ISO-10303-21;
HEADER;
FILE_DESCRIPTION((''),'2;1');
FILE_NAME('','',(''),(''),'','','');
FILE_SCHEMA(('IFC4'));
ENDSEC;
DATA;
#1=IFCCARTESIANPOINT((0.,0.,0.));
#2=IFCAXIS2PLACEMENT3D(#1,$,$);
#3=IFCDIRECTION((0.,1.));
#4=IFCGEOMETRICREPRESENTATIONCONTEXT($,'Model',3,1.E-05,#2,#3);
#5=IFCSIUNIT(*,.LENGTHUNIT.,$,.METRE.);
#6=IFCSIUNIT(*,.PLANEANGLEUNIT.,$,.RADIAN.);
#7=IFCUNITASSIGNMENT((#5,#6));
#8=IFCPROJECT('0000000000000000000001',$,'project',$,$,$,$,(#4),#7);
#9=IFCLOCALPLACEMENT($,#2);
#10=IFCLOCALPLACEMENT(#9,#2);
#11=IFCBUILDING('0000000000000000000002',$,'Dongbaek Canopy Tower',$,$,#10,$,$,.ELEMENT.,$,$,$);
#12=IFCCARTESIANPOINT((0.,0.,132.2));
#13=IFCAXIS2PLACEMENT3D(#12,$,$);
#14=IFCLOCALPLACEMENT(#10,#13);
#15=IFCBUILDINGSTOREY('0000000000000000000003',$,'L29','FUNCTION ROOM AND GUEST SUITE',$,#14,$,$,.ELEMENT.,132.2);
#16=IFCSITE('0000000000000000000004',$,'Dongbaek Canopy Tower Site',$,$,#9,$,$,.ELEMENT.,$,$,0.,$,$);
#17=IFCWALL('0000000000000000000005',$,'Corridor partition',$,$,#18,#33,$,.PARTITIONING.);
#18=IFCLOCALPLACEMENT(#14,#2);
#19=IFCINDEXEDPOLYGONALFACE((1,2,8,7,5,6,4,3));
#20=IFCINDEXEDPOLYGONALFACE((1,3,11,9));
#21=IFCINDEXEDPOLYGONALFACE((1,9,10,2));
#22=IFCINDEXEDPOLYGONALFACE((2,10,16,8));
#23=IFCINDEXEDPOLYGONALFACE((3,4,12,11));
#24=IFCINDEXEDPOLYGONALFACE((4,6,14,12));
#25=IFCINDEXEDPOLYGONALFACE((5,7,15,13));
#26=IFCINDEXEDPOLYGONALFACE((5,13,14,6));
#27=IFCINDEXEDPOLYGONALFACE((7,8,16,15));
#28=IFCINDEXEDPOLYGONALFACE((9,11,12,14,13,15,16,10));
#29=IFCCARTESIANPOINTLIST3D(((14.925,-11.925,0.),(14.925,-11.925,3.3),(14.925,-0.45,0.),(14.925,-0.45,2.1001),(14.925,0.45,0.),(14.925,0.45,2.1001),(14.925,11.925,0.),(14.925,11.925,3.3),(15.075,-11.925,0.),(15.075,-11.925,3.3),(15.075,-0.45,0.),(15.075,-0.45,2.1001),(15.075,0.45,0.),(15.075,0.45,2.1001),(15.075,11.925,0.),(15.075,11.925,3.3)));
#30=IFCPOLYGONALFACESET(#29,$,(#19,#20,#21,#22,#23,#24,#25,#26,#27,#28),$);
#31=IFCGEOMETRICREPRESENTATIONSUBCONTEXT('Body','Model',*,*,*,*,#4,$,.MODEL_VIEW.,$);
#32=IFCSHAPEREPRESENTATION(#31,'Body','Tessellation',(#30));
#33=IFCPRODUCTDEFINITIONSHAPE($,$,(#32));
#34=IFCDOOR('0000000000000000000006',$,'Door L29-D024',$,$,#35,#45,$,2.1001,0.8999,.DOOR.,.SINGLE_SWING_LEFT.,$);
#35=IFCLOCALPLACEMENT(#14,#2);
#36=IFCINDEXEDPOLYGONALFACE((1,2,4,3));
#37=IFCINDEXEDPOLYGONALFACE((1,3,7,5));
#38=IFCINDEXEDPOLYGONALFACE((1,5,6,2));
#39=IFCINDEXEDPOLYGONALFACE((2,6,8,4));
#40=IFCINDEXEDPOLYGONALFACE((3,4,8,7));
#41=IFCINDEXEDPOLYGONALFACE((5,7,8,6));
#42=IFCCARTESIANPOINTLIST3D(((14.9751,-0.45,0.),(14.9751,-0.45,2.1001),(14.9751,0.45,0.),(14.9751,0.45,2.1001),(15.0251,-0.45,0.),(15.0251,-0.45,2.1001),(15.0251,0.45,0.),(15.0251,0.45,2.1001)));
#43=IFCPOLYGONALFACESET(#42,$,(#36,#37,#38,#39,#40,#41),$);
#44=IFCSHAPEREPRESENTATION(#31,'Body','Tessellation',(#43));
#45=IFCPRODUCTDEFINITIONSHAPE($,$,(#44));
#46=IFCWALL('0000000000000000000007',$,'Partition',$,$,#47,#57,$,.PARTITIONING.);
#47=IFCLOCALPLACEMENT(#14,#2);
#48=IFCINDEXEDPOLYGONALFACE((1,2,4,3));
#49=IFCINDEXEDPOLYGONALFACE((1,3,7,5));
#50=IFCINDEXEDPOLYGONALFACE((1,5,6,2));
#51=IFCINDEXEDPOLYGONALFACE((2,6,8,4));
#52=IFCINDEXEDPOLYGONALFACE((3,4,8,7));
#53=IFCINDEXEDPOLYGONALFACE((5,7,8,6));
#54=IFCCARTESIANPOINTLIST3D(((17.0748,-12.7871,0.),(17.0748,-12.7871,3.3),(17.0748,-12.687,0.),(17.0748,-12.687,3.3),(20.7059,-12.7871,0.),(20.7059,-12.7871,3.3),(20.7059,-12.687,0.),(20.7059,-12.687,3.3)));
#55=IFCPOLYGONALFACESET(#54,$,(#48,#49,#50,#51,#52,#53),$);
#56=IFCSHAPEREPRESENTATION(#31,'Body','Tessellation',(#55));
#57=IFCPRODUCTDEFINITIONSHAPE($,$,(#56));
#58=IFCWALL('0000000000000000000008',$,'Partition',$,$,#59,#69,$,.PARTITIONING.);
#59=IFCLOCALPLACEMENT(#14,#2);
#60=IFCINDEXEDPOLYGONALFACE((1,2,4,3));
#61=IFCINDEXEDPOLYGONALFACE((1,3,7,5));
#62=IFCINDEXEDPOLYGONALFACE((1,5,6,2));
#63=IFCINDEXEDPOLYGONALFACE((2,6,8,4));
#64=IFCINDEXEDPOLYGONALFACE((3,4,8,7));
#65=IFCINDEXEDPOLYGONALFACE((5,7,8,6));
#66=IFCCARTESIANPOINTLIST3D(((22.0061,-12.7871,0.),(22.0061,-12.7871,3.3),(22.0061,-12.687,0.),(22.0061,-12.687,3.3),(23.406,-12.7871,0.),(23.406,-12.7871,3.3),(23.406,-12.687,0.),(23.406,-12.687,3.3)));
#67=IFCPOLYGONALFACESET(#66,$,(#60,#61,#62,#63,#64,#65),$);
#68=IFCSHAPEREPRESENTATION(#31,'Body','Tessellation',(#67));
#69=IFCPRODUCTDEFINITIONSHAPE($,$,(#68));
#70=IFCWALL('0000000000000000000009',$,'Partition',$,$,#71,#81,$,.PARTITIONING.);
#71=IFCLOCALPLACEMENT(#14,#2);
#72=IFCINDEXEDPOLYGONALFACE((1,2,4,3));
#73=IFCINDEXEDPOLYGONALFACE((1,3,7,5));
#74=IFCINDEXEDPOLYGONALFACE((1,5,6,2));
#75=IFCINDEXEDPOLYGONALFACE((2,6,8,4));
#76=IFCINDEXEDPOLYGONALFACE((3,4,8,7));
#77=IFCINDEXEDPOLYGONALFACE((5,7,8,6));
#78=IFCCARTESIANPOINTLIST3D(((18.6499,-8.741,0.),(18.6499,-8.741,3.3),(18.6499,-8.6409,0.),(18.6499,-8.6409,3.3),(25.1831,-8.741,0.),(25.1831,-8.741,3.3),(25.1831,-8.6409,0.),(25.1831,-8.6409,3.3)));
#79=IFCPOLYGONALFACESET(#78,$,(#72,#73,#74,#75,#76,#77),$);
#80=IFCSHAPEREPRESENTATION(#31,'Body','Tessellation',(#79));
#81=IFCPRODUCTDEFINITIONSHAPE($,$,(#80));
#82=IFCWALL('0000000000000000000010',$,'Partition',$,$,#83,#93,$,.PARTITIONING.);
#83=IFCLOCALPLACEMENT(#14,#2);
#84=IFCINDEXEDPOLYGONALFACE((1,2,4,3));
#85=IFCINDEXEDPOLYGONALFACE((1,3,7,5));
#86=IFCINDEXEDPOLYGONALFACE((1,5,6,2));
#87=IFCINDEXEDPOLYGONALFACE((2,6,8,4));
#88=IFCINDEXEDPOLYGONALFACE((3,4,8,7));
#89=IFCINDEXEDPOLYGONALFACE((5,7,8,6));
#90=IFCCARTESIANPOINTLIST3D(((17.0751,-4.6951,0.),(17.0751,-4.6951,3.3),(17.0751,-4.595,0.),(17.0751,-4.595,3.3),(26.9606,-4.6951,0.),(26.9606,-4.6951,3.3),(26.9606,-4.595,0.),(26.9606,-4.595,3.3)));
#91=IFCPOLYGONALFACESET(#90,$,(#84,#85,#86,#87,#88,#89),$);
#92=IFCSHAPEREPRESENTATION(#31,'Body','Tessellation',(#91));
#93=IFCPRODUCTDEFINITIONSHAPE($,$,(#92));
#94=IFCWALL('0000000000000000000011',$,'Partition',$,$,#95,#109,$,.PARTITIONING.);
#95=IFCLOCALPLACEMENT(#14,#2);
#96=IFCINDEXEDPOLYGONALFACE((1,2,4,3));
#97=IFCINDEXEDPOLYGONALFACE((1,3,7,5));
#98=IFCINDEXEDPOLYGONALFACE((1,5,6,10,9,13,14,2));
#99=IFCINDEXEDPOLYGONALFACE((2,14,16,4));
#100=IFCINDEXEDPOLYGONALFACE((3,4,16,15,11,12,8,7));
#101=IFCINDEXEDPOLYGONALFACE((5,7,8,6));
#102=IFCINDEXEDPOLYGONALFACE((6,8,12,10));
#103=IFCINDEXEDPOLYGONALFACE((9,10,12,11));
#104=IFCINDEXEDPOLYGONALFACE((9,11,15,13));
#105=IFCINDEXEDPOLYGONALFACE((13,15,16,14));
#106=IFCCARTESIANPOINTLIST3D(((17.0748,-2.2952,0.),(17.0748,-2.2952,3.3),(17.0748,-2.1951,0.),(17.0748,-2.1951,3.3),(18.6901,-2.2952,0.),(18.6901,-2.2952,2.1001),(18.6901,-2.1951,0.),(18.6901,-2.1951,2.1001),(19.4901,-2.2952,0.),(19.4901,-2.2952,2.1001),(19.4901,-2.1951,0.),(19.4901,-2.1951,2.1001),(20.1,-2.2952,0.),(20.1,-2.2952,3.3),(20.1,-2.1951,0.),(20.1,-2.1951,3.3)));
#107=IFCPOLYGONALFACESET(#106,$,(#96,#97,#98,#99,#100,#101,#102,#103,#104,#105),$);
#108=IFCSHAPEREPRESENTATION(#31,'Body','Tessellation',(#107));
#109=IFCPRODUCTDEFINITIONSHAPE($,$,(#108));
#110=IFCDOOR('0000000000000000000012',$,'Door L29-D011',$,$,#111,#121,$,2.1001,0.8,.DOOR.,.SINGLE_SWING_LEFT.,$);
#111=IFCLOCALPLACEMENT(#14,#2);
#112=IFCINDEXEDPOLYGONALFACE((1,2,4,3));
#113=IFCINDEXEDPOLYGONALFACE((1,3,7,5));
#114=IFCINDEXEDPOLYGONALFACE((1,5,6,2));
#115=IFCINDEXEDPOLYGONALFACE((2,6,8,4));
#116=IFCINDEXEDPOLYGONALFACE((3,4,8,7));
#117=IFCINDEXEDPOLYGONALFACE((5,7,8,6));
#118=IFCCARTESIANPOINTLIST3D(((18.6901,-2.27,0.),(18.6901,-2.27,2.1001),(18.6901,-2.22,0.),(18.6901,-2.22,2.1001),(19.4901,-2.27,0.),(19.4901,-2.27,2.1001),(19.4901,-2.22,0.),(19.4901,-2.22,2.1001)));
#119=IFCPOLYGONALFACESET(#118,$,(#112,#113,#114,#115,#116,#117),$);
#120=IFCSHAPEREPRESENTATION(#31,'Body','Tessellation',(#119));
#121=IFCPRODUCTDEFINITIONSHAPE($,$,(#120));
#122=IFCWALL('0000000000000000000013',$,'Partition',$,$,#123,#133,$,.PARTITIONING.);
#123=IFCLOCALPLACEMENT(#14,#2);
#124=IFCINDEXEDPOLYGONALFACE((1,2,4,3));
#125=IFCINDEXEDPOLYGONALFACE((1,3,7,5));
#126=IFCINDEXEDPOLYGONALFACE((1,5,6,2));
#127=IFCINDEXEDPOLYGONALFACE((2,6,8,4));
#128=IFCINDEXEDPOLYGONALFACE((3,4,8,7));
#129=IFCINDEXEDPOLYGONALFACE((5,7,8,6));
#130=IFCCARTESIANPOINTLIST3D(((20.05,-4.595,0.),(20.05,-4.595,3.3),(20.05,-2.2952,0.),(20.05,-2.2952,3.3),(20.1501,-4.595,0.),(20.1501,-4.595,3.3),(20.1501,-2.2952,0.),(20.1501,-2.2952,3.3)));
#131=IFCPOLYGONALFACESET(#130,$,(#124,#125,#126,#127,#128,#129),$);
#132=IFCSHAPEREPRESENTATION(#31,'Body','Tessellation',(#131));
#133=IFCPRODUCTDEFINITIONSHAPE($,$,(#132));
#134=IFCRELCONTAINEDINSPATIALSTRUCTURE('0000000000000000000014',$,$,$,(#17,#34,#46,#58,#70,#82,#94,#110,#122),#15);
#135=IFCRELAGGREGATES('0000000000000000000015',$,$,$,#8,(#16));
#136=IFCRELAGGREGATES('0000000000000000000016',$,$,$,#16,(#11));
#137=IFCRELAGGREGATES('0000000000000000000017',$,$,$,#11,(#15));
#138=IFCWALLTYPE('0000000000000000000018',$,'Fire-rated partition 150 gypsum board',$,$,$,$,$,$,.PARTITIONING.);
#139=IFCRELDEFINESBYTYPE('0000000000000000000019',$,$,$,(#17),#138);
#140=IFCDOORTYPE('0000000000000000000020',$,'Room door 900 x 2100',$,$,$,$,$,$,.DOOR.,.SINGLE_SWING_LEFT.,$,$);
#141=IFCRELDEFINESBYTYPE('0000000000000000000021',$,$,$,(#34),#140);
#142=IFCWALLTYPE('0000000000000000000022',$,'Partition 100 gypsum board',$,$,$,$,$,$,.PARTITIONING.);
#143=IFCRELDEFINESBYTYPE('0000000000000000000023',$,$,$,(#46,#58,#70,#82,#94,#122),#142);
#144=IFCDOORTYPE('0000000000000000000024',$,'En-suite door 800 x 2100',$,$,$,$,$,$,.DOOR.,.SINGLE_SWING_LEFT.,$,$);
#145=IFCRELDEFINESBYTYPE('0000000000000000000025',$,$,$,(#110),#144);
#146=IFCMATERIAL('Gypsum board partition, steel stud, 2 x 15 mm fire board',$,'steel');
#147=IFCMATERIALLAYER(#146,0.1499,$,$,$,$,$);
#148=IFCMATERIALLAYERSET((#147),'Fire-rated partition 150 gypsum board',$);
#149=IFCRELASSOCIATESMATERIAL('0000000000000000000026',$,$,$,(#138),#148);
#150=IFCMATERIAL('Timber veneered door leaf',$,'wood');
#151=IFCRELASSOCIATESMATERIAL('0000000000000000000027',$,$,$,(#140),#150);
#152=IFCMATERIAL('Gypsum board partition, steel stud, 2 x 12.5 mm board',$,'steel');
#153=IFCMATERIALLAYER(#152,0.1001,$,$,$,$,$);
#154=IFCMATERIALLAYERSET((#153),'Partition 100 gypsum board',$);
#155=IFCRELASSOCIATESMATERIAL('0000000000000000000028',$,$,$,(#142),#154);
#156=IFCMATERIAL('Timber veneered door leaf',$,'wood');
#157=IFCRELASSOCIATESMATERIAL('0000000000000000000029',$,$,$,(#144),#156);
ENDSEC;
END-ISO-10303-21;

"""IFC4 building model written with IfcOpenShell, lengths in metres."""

from ifc_helpers import new_model, si_unit, direction, frame, frame_2d, origin, place, context, subcontext, project, spatial, rectangle, extrude, material, layer, layer_set, type_object, element, fill, save


model = new_model("IFC4")

# Units and contexts
model_context = context("Model", 3, precision=1e-05, world=origin(), true_north=direction((0.0, 1.0)))
body_context = subcontext(model_context, "Body", "Model", "MODEL_VIEW")
ifc_project = project(units=[si_unit("LENGTHUNIT", "METRE"), si_unit("PLANEANGLEUNIT", "RADIAN")], contexts=[model_context])

# Site, building, storey
site_placement = place(None, origin())
site = spatial("IfcSite", under=ifc_project, at=site_placement, Name="Dongbaek Canopy Tower Site", CompositionType="ELEMENT", RefElevation=0.0)
building_placement = place(site_placement, origin())
building = spatial("IfcBuilding", under=site, at=building_placement, Name="Dongbaek Canopy Tower", CompositionType="ELEMENT")
storey_placement = place(building_placement, frame((0.0, 0.0, 132.2)))
storey = spatial("IfcBuildingStorey", under=building, at=storey_placement, Name="L29", Description="FUNCTION ROOM AND GUEST SUITE", CompositionType="ELEMENT", Elevation=132.2)

# Wall, opening, door
ifc_material_1 = material(Name="Gypsum board partition, steel stud, 2 x 15 mm fire board", Category="steel")
ifc_layer_1 = layer(ifc_material_1, 0.1499)
ifc_layer_set_1 = layer_set([ifc_layer_1], Name="Fire-rated partition 150 gypsum board")
wall_type_1 = type_object("IfcWallType", Name="Fire-rated partition 150 gypsum board", PredefinedType="PARTITIONING", material=ifc_layer_set_1)
wall_1_placement = place(storey_placement, frame((15.0, -11.925, 0.0), z_axis=(0.0, 0.0, 1.0), x_axis=(0.0, 1.0, 0.0)))
wall_1 = element("IfcWall", 1, at=wall_1_placement, inside=storey, type_object=wall_type_1, Name="Corridor partition", PredefinedType="PARTITIONING", context=body_context, shape_type="SweptSolid", body=[
    extrude(rectangle(XDim=23.8501, YDim=0.1499, at=frame_2d((11.925, 0.0))), origin(), (0.0, 0.0, 1.0), 3.3),
])
opening_1_placement = place(wall_1_placement, frame((11.4751, 0.0, 0.0)))
opening_1 = element("IfcOpeningElement", 2, at=opening_1_placement, cuts=wall_1, PredefinedType="OPENING", context=body_context, shape_type="SweptSolid", body=[
    extrude(rectangle(XDim=0.8999, YDim=2.1001, at=frame_2d((0.45, 1.05))), frame((0.0, 0.085, 0.0), z_axis=(0.0, -1.0, 0.0), x_axis=(1.0, 0.0, 0.0)), (0.0, 0.0, 1.0), 0.1699),
])
ifc_material_2 = material(Name="Timber veneered door leaf", Category="wood")
door_type_1 = type_object("IfcDoorType", Name="Room door 900 x 2100", OperationType="SINGLE_SWING_LEFT", PredefinedType="DOOR", material=ifc_material_2)
door_1_placement = place(opening_1_placement, origin())
door_1 = element("IfcDoor", 3, at=door_1_placement, inside=storey, type_object=door_type_1, Name="Door L29-D024", OperationType="SINGLE_SWING_LEFT", OverallHeight=2.1001, OverallWidth=0.8999, PredefinedType="DOOR", context=body_context, shape_type="SweptSolid", body=[
    extrude(rectangle(XDim=0.8999, YDim=2.1001, at=frame_2d((0.45, 1.05))), frame((0.0, 0.0249, 0.0), z_axis=(0.0, -1.0, 0.0), x_axis=(1.0, 0.0, 0.0)), (0.0, 0.0, 1.0), 0.05),
])
fill(opening_1, door_1)

# Walls
ifc_material_3 = material(Name="Gypsum board partition, steel stud, 2 x 12.5 mm board", Category="steel")
ifc_layer_2 = layer(ifc_material_3, 0.1001)
ifc_layer_set_2 = layer_set([ifc_layer_2], Name="Partition 100 gypsum board")
wall_type_2 = type_object("IfcWallType", Name="Partition 100 gypsum board", PredefinedType="PARTITIONING", material=ifc_layer_set_2)
wall_2_placement = place(storey_placement, frame((17.075, -12.7371, 0.0), z_axis=(0.0, 0.0, 1.0), x_axis=(1.0, 0.0, 0.0)))
element("IfcWall", 4, at=wall_2_placement, inside=storey, type_object=wall_type_2, Name="Partition", PredefinedType="PARTITIONING", context=body_context, shape_type="SweptSolid", body=[
    extrude(rectangle(XDim=3.6311, YDim=0.1001, at=frame_2d((1.8154, 0.0))), origin(), (0.0, 0.0, 1.0), 3.3),
])
wall_3_placement = place(storey_placement, frame((22.0061, -12.7371, 0.0), z_axis=(0.0, 0.0, 1.0), x_axis=(1.0, 0.0, 0.0)))
element("IfcWall", 5, at=wall_3_placement, inside=storey, type_object=wall_type_2, Name="Partition", PredefinedType="PARTITIONING", context=body_context, shape_type="SweptSolid", body=[
    extrude(rectangle(XDim=1.3999, YDim=0.1001, at=frame_2d((0.7, 0.0))), origin(), (0.0, 0.0, 1.0), 3.3),
])
wall_4_placement = place(storey_placement, frame((18.6499, -8.6909, 0.0), z_axis=(0.0, 0.0, 1.0), x_axis=(1.0, 0.0, 0.0)))
element("IfcWall", 6, at=wall_4_placement, inside=storey, type_object=wall_type_2, Name="Partition", PredefinedType="PARTITIONING", context=body_context, shape_type="SweptSolid", body=[
    extrude(rectangle(XDim=6.5332, YDim=0.1001, at=frame_2d((3.2666, 0.0))), origin(), (0.0, 0.0, 1.0), 3.3),
])
wall_5_placement = place(storey_placement, frame((17.075, -4.645, 0.0), z_axis=(0.0, 0.0, 1.0), x_axis=(1.0, 0.0, 0.0)))
element("IfcWall", 7, at=wall_5_placement, inside=storey, type_object=wall_type_2, Name="Partition", PredefinedType="PARTITIONING", context=body_context, shape_type="SweptSolid", body=[
    extrude(rectangle(XDim=9.8855, YDim=0.1001, at=frame_2d((4.9429, 0.0))), origin(), (0.0, 0.0, 1.0), 3.3),
])

# Wall, opening, door
wall_6_placement = place(storey_placement, frame((20.1001, -2.2451, 0.0), z_axis=(0.0, 0.0, 1.0), x_axis=(-1.0, 0.0, 0.0)))
wall_6 = element("IfcWall", 8, at=wall_6_placement, inside=storey, type_object=wall_type_2, Name="Partition", PredefinedType="PARTITIONING", context=body_context, shape_type="SweptSolid", body=[
    extrude(rectangle(XDim=3.0251, YDim=0.1001, at=frame_2d((1.5127, 0.0))), origin(), (0.0, 0.0, 1.0), 3.3),
])
opening_2_placement = place(wall_6_placement, frame((0.6101, 0.0, 0.0)))
opening_2 = element("IfcOpeningElement", 9, at=opening_2_placement, cuts=wall_6, PredefinedType="OPENING", context=body_context, shape_type="SweptSolid", body=[
    extrude(rectangle(XDim=0.8, YDim=2.1001, at=frame_2d((0.3999, 1.05))), frame((0.0, 0.0601, 0.0), z_axis=(0.0, -1.0, 0.0), x_axis=(1.0, 0.0, 0.0)), (0.0, 0.0, 1.0), 0.1201),
])
ifc_material_4 = material(Name="Timber veneered door leaf", Category="wood")
door_type_2 = type_object("IfcDoorType", Name="En-suite door 800 x 2100", OperationType="SINGLE_SWING_LEFT", PredefinedType="DOOR", material=ifc_material_4)
door_2_placement = place(opening_2_placement, origin())
door_2 = element("IfcDoor", 10, at=door_2_placement, inside=storey, type_object=door_type_2, Name="Door L29-D011", OperationType="SINGLE_SWING_LEFT", OverallHeight=2.1001, OverallWidth=0.8, PredefinedType="DOOR", context=body_context, shape_type="SweptSolid", body=[
    extrude(rectangle(XDim=0.8, YDim=2.1001, at=frame_2d((0.3999, 1.05))), frame((0.0, 0.0249, 0.0), z_axis=(0.0, -1.0, 0.0), x_axis=(1.0, 0.0, 0.0)), (0.0, 0.0, 1.0), 0.05),
])
fill(opening_2, door_2)

# Wall
wall_7_placement = place(storey_placement, frame((20.1001, -4.595, 0.0), z_axis=(0.0, 0.0, 1.0), x_axis=(0.0, 1.0, 0.0)))
element("IfcWall", 11, at=wall_7_placement, inside=storey, type_object=wall_type_2, Name="Partition", PredefinedType="PARTITIONING", context=body_context, shape_type="SweptSolid", body=[
    extrude(rectangle(XDim=2.2998, YDim=0.1001, at=frame_2d((1.1499, 0.0))), origin(), (0.0, 0.0, 1.0), 3.3),
])

save(model, "model.ifc")
